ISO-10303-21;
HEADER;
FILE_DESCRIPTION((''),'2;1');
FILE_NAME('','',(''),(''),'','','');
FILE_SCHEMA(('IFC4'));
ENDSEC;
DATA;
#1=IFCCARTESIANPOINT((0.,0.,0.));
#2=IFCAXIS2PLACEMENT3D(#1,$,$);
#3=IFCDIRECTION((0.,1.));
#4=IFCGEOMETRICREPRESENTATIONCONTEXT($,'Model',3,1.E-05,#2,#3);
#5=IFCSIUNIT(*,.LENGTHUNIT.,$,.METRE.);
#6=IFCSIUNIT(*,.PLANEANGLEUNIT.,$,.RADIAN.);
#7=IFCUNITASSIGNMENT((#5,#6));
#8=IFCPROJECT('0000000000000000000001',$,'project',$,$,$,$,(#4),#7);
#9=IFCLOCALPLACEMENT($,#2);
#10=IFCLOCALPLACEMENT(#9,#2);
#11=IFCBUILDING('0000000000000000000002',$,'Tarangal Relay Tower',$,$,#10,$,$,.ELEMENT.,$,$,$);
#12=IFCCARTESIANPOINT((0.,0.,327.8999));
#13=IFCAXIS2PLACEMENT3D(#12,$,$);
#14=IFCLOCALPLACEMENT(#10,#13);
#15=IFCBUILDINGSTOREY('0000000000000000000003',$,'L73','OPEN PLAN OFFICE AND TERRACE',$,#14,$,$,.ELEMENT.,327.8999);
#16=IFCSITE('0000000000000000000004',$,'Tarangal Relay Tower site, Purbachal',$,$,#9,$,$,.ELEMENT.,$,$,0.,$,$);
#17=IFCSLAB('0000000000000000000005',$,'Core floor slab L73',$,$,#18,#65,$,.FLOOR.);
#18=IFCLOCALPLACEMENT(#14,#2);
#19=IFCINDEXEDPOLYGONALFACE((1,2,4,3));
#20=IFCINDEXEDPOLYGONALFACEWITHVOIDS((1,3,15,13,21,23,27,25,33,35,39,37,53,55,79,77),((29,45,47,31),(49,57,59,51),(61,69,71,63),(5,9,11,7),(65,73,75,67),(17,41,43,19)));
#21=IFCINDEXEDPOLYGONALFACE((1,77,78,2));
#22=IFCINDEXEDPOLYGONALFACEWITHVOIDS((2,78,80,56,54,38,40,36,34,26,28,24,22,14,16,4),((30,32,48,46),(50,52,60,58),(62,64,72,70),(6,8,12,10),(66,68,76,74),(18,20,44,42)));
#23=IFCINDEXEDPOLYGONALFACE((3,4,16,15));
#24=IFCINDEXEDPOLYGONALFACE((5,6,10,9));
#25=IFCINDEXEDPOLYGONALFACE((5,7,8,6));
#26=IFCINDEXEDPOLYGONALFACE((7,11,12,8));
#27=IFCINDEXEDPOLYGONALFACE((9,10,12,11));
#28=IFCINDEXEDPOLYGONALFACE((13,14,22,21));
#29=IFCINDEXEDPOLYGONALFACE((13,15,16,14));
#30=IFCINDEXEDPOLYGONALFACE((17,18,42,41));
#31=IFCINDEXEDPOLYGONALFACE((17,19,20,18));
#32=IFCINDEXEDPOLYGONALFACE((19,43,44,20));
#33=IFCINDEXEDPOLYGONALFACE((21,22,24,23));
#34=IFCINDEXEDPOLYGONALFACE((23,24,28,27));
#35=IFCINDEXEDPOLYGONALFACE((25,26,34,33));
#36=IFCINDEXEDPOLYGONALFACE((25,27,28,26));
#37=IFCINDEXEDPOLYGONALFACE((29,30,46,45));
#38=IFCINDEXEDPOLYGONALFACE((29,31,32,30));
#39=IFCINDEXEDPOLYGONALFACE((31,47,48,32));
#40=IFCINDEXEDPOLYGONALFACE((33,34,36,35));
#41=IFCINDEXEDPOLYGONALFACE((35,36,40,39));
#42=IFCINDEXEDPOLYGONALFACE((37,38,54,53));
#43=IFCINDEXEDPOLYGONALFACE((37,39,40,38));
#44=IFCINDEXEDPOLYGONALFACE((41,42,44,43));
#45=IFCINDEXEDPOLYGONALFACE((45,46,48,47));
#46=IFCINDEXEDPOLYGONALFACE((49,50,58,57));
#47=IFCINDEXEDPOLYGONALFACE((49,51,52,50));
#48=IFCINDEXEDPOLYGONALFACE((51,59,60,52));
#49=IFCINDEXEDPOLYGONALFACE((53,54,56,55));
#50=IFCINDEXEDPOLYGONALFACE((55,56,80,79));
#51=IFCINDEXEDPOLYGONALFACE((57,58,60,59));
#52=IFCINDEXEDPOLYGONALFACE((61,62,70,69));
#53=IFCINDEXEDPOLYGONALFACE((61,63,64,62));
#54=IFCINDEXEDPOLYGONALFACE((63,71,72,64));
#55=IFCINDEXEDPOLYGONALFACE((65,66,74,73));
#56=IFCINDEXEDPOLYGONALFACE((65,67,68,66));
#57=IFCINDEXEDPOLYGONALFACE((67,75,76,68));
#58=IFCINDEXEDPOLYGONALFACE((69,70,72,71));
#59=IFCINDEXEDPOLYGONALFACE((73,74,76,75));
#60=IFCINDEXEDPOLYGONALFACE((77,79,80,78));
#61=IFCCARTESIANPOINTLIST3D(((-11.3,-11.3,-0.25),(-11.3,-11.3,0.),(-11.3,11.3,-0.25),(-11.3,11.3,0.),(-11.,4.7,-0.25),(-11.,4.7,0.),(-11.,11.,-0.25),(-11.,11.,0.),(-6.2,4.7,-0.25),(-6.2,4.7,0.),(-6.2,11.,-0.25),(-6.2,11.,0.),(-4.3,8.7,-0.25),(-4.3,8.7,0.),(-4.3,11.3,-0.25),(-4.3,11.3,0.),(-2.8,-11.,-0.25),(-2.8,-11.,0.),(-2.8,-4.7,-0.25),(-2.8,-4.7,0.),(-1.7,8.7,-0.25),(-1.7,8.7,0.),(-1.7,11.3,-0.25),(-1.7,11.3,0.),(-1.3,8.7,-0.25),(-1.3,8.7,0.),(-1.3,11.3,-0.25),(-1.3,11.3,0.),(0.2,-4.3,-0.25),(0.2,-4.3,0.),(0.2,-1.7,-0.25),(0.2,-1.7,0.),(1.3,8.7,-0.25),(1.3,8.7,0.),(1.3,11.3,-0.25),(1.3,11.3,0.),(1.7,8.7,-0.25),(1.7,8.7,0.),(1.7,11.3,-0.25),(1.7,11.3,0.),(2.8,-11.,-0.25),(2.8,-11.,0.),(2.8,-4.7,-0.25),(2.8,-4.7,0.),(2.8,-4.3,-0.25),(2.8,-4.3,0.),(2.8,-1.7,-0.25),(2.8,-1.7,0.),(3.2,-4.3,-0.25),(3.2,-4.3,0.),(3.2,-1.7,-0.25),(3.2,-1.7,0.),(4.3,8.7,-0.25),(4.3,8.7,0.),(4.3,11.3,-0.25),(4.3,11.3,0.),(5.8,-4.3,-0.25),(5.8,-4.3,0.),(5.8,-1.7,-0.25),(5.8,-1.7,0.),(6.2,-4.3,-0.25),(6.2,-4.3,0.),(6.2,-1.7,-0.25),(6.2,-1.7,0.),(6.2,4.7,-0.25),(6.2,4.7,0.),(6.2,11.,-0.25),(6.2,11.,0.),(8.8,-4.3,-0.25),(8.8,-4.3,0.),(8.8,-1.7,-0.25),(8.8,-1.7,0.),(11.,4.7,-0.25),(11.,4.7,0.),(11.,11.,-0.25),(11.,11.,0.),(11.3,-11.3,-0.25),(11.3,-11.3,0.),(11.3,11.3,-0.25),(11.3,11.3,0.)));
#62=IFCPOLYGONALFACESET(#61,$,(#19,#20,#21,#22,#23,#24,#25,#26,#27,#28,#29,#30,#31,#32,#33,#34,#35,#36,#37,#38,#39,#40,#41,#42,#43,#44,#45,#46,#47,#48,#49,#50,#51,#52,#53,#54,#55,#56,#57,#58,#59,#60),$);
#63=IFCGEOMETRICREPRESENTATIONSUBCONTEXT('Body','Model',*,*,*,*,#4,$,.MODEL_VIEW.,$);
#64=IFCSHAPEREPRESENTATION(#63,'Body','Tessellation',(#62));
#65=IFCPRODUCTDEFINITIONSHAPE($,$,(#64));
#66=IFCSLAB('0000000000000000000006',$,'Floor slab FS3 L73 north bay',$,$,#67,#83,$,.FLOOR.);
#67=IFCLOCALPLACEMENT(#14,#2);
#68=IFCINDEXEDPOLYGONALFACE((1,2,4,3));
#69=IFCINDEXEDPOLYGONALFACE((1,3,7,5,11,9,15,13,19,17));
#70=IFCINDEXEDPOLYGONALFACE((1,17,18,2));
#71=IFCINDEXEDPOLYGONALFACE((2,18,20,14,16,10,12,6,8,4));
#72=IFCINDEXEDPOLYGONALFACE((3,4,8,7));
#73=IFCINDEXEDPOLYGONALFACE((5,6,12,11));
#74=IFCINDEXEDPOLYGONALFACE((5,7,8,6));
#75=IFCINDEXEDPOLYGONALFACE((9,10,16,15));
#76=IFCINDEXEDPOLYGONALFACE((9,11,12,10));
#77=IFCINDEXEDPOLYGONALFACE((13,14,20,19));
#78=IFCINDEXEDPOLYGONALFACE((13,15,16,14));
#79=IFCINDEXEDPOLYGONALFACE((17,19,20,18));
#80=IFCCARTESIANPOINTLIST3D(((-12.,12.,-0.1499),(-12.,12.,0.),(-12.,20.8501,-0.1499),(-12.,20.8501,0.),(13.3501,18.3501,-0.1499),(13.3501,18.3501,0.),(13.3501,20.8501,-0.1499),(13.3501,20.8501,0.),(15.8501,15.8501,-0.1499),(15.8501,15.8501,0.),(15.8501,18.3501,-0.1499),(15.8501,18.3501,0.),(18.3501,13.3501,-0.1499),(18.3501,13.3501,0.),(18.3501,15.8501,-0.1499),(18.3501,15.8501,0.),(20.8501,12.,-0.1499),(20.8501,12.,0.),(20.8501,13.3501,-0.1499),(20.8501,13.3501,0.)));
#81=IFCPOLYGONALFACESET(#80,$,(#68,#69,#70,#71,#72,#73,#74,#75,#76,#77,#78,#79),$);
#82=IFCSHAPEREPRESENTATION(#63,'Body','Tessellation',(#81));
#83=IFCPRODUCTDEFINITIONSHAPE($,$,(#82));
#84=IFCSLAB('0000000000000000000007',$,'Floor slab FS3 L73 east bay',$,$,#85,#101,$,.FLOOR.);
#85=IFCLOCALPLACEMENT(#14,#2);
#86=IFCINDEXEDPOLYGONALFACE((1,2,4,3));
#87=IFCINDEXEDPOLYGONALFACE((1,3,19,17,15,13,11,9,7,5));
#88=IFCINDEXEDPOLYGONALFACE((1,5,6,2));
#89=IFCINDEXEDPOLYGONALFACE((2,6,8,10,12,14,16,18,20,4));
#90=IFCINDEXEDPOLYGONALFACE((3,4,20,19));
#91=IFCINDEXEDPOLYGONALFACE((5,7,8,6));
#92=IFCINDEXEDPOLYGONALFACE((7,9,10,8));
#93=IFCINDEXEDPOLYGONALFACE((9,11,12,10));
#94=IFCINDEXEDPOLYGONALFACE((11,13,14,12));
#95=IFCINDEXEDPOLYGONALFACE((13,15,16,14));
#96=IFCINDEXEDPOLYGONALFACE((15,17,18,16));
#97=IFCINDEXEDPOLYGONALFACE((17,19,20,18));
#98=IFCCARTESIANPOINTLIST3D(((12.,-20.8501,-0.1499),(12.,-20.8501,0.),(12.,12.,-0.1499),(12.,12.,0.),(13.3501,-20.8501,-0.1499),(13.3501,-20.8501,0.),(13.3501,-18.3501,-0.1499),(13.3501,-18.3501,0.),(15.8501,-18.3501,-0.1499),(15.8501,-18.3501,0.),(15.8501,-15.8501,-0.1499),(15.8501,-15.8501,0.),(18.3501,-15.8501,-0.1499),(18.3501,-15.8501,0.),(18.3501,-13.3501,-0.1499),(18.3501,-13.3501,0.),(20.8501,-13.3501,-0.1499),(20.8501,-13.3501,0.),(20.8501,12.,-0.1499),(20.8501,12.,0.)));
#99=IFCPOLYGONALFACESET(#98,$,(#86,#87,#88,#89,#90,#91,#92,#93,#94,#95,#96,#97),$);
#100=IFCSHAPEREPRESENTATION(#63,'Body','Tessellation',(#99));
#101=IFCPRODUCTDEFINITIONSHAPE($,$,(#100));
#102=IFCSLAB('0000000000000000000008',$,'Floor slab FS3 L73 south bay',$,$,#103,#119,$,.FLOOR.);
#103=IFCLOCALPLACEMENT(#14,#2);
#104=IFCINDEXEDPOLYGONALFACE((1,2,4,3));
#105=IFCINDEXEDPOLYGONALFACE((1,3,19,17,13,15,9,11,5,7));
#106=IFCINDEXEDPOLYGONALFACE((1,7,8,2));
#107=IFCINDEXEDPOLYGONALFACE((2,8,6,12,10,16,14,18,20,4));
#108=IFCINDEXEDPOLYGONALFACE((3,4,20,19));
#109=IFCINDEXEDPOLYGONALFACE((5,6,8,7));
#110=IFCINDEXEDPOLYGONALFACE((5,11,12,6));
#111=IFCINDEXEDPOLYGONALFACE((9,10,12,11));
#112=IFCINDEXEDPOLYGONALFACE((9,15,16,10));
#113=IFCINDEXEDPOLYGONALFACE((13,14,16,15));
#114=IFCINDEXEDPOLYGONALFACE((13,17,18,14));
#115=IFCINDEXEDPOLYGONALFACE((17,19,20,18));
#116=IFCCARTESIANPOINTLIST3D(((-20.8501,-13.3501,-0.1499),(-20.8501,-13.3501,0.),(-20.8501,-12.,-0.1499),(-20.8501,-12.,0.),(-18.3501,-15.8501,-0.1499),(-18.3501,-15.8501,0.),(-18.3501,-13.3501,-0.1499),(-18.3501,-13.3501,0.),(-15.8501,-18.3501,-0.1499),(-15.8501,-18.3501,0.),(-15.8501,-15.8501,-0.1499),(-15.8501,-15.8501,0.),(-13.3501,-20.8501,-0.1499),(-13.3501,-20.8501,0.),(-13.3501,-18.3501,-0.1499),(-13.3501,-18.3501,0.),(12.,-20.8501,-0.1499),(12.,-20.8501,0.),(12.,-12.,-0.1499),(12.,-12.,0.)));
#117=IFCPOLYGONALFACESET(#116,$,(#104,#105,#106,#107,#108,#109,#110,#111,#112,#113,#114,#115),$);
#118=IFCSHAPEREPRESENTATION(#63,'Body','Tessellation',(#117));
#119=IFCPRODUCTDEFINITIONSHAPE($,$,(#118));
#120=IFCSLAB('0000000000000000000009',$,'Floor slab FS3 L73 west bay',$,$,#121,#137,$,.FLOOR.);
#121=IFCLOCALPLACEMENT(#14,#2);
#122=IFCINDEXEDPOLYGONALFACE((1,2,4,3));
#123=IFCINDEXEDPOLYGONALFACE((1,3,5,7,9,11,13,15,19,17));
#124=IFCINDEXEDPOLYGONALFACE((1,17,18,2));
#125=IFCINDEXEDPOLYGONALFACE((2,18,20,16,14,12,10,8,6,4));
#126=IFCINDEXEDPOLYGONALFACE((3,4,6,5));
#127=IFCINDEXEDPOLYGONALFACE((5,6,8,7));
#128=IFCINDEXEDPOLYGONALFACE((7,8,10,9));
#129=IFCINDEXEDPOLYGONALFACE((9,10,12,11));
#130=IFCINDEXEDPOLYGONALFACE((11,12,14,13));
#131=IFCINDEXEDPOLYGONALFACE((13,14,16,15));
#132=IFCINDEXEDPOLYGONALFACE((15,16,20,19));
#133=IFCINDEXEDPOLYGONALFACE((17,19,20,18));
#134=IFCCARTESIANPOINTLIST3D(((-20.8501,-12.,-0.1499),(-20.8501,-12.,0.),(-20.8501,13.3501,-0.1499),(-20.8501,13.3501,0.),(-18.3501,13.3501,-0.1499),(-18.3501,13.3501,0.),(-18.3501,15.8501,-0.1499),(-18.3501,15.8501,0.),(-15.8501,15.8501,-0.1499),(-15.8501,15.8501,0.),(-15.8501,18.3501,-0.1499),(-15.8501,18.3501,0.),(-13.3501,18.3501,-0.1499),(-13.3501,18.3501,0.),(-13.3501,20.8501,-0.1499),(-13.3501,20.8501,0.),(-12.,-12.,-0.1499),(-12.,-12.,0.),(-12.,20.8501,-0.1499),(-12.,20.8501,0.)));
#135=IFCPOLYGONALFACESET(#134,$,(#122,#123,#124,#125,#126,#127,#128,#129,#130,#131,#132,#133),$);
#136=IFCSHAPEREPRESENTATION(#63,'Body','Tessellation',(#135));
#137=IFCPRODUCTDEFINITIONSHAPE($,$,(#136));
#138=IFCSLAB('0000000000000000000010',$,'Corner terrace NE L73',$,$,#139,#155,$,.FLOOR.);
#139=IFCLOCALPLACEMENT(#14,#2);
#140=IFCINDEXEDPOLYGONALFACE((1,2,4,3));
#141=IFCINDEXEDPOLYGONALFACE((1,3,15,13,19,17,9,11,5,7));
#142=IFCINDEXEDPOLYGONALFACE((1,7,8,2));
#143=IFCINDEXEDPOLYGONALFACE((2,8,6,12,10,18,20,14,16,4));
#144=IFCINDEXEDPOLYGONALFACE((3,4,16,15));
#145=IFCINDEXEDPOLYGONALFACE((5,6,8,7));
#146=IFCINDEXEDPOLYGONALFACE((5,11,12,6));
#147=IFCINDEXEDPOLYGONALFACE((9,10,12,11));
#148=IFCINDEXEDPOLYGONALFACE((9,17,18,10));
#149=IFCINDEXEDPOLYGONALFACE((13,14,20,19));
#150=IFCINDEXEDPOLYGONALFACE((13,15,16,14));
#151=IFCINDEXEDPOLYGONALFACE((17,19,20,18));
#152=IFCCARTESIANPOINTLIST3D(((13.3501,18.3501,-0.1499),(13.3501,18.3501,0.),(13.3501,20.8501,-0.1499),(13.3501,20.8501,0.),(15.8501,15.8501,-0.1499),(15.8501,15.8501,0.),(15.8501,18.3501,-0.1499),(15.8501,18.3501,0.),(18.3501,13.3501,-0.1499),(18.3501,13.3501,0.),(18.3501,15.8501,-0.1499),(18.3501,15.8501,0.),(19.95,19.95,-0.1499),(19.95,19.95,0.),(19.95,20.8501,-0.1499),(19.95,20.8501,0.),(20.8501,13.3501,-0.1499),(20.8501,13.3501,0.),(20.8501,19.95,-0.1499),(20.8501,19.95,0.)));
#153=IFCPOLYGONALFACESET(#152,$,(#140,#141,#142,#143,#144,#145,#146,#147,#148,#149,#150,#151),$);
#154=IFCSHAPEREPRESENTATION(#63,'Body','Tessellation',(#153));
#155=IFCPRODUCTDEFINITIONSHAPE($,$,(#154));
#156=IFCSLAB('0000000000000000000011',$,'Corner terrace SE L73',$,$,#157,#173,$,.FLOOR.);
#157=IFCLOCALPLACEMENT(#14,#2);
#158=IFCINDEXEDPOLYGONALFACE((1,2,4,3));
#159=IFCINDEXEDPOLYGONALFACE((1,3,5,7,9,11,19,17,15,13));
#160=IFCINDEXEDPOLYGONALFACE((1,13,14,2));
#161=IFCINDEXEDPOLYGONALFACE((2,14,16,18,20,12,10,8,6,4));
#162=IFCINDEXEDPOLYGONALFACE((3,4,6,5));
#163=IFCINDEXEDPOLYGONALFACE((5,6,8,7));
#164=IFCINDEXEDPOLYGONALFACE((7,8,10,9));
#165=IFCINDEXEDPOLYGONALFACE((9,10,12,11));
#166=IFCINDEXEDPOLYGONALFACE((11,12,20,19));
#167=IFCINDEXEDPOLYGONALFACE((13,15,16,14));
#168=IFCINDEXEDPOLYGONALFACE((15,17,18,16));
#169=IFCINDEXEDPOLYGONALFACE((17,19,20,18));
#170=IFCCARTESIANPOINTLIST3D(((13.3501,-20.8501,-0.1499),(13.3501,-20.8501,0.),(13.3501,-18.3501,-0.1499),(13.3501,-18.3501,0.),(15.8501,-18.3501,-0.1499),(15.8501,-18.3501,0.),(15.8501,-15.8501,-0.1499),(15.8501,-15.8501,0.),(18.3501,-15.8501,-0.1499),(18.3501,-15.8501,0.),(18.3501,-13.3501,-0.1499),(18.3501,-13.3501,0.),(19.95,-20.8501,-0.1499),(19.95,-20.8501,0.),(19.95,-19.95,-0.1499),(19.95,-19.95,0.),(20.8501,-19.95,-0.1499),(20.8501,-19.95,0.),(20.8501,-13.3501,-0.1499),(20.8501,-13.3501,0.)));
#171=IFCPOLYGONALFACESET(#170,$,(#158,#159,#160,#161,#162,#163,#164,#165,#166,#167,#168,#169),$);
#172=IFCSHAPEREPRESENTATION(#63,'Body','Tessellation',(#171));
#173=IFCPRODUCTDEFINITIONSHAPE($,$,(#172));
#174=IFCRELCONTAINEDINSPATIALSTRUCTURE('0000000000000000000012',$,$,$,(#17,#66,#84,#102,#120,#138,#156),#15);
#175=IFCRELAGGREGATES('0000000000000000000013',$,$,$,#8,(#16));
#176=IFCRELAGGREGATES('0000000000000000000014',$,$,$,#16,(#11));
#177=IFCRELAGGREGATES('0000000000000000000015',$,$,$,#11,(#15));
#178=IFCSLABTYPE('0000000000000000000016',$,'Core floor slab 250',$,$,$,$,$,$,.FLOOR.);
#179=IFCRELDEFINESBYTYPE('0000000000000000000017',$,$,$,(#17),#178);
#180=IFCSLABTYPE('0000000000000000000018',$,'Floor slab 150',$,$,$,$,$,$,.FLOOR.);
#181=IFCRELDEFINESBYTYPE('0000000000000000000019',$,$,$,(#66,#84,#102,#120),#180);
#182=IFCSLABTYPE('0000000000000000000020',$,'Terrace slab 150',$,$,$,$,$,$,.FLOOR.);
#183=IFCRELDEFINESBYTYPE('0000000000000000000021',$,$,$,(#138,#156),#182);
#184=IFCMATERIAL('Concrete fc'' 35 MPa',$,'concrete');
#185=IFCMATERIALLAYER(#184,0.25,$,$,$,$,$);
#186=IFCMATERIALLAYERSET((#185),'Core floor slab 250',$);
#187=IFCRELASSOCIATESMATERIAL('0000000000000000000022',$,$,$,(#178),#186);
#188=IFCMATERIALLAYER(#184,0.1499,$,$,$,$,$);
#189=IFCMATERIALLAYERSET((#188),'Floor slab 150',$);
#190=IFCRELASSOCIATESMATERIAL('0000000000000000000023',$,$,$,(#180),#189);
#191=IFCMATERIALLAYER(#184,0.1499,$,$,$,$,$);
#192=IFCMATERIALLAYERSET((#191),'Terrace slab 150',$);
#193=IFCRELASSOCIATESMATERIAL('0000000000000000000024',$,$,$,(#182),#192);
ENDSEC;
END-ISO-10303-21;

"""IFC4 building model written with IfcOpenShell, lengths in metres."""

from ifc_helpers import new_model, si_unit, direction, frame, origin, place, context, subcontext, project, spatial, polyline, outline, extrude, material, layer, layer_set, type_object, element, save


model = new_model("IFC4")

# Units and contexts
model_context = context("Model", 3, precision=1e-05, world=origin(), true_north=direction((0.0, 1.0)))
body_context = subcontext(model_context, "Body", "Model", "MODEL_VIEW")
ifc_project = project(units=[si_unit("LENGTHUNIT", "METRE"), si_unit("PLANEANGLEUNIT", "RADIAN")], contexts=[model_context])

# Site, building, storey
site_placement = place(None, origin())
site = spatial("IfcSite", under=ifc_project, at=site_placement, Name="Tarangal Relay Tower site, Purbachal", CompositionType="ELEMENT", RefElevation=0.0)
building_placement = place(site_placement, origin())
building = spatial("IfcBuilding", under=site, at=building_placement, Name="Tarangal Relay Tower", CompositionType="ELEMENT")
storey_placement = place(building_placement, frame((0.0, 0.0, 327.8999)))
storey = spatial("IfcBuildingStorey", under=building, at=storey_placement, Name="L73", Description="OPEN PLAN OFFICE AND TERRACE", CompositionType="ELEMENT", Elevation=327.8999)

# Slabs
ifc_material_1 = material(Name="Concrete fc' 35 MPa", Category="concrete")
ifc_layer_1 = layer(ifc_material_1, 0.25)
ifc_layer_set_1 = layer_set([ifc_layer_1], Name="Core floor slab 250")
slab_type_1 = type_object("IfcSlabType", Name="Core floor slab 250", PredefinedType="FLOOR", material=ifc_layer_set_1)
slab_1_placement = place(storey_placement, frame((0.0, 0.0, -0.25)))
element("IfcSlab", 1, at=slab_1_placement, inside=storey, type_object=slab_type_1, Name="Core floor slab L73", PredefinedType="FLOOR", context=body_context, shape_type="SweptSolid", body=[
    extrude(outline(polyline([(11.3, 11.3), (11.3, -11.3), (-11.3, -11.3), (-11.3, 11.3), (-4.3, 11.3), (-4.3, 8.7), (-1.7, 8.7), (-1.7, 11.3), (-1.3, 11.3), (-1.3, 8.7), (1.3, 8.7), (1.3, 11.3), (1.7, 11.3), (1.7, 8.7), (4.3, 8.7), (4.3, 11.3), (11.3, 11.3)]), holes=[polyline([(2.8, -4.7), (-2.8, -4.7), (-2.8, -11.0), (2.8, -11.0), (2.8, -4.7)]), polyline([(2.8, -1.7), (0.2, -1.7), (0.2, -4.3), (2.8, -4.3), (2.8, -1.7)]), polyline([(5.8, -1.7), (3.2, -1.7), (3.2, -4.3), (5.8, -4.3), (5.8, -1.7)]), polyline([(8.8, -1.7), (6.2, -1.7), (6.2, -4.3), (8.8, -4.3), (8.8, -1.7)]), polyline([(-6.2, 11.0), (-11.0, 11.0), (-11.0, 4.7), (-6.2, 4.7), (-6.2, 11.0)]), polyline([(11.0, 11.0), (6.2, 11.0), (6.2, 4.7), (11.0, 4.7), (11.0, 11.0)])]), origin(), (0.0, 0.0, 1.0), 0.25),
])
ifc_layer_2 = layer(ifc_material_1, 0.1499)
ifc_layer_set_2 = layer_set([ifc_layer_2], Name="Floor slab 150")
slab_type_2 = type_object("IfcSlabType", Name="Floor slab 150", PredefinedType="FLOOR", material=ifc_layer_set_2)
slab_2_placement = place(storey_placement, frame((0.0, 0.0, -0.1499)))
element("IfcSlab", 2, at=slab_2_placement, inside=storey, type_object=slab_type_2, Name="Floor slab FS3 L73 north bay", PredefinedType="FLOOR", context=body_context, shape_type="SweptSolid", body=[
    extrude(outline(polyline([(13.3501, 20.8501), (13.3501, 18.3501), (15.8501, 18.3501), (15.8501, 15.8501), (18.3501, 15.8501), (18.3501, 13.3501), (20.8501, 13.3501), (20.8501, 12.0), (-12.0, 12.0), (-12.0, 20.8501), (13.3501, 20.8501)])), origin(), (0.0, 0.0, 1.0), 0.1499),
])
slab_3_placement = place(storey_placement, frame((0.0, 0.0, -0.1499)))
element("IfcSlab", 3, at=slab_3_placement, inside=storey, type_object=slab_type_2, Name="Floor slab FS3 L73 east bay", PredefinedType="FLOOR", context=body_context, shape_type="SweptSolid", body=[
    extrude(outline(polyline([(20.8501, -13.3501), (18.3501, -13.3501), (18.3501, -15.8501), (15.8501, -15.8501), (15.8501, -18.3501), (13.3501, -18.3501), (13.3501, -20.8501), (12.0, -20.8501), (12.0, 12.0), (20.8501, 12.0), (20.8501, -13.3501)])), origin(), (0.0, 0.0, 1.0), 0.1499),
])
slab_4_placement = place(storey_placement, frame((0.0, 0.0, -0.1499)))
element("IfcSlab", 4, at=slab_4_placement, inside=storey, type_object=slab_type_2, Name="Floor slab FS3 L73 south bay", PredefinedType="FLOOR", context=body_context, shape_type="SweptSolid", body=[
    extrude(outline(polyline([(-13.3501, -20.8501), (-13.3501, -18.3501), (-15.8501, -18.3501), (-15.8501, -15.8501), (-18.3501, -15.8501), (-18.3501, -13.3501), (-20.8501, -13.3501), (-20.8501, -12.0), (12.0, -12.0), (12.0, -20.8501), (-13.3501, -20.8501)])), origin(), (0.0, 0.0, 1.0), 0.1499),
])
slab_5_placement = place(storey_placement, frame((0.0, 0.0, -0.1499)))
element("IfcSlab", 5, at=slab_5_placement, inside=storey, type_object=slab_type_2, Name="Floor slab FS3 L73 west bay", PredefinedType="FLOOR", context=body_context, shape_type="SweptSolid", body=[
    extrude(outline(polyline([(-12.0, 20.8501), (-12.0, -12.0), (-20.8501, -12.0), (-20.8501, 13.3501), (-18.3501, 13.3501), (-18.3501, 15.8501), (-15.8501, 15.8501), (-15.8501, 18.3501), (-13.3501, 18.3501), (-13.3501, 20.8501), (-12.0, 20.8501)])), origin(), (0.0, 0.0, 1.0), 0.1499),
])
ifc_layer_3 = layer(ifc_material_1, 0.1499)
ifc_layer_set_3 = layer_set([ifc_layer_3], Name="Terrace slab 150")
slab_type_3 = type_object("IfcSlabType", Name="Terrace slab 150", PredefinedType="FLOOR", material=ifc_layer_set_3)
slab_6_placement = place(storey_placement, frame((0.0, 0.0, -0.1499)))
element("IfcSlab", 6, at=slab_6_placement, inside=storey, type_object=slab_type_3, Name="Corner terrace NE L73", PredefinedType="FLOOR", context=body_context, shape_type="SweptSolid", body=[
    extrude(outline(polyline([(13.3501, 20.8501), (13.3501, 18.3501), (15.8501, 18.3501), (15.8501, 15.8501), (18.3501, 15.8501), (18.3501, 13.3501), (20.8501, 13.3501), (20.8501, 19.95), (19.95, 19.95), (19.95, 20.8501), (13.3501, 20.8501)])), origin(), (0.0, 0.0, 1.0), 0.1499),
])
slab_7_placement = place(storey_placement, frame((0.0, 0.0, -0.1499)))
element("IfcSlab", 7, at=slab_7_placement, inside=storey, type_object=slab_type_3, Name="Corner terrace SE L73", PredefinedType="FLOOR", context=body_context, shape_type="SweptSolid", body=[
    extrude(outline(polyline([(20.8501, -13.3501), (18.3501, -13.3501), (18.3501, -15.8501), (15.8501, -15.8501), (15.8501, -18.3501), (13.3501, -18.3501), (13.3501, -20.8501), (19.95, -20.8501), (19.95, -19.95), (20.8501, -19.95), (20.8501, -13.3501)])), origin(), (0.0, 0.0, 1.0), 0.1499),
])

save(model, "model.ifc")
